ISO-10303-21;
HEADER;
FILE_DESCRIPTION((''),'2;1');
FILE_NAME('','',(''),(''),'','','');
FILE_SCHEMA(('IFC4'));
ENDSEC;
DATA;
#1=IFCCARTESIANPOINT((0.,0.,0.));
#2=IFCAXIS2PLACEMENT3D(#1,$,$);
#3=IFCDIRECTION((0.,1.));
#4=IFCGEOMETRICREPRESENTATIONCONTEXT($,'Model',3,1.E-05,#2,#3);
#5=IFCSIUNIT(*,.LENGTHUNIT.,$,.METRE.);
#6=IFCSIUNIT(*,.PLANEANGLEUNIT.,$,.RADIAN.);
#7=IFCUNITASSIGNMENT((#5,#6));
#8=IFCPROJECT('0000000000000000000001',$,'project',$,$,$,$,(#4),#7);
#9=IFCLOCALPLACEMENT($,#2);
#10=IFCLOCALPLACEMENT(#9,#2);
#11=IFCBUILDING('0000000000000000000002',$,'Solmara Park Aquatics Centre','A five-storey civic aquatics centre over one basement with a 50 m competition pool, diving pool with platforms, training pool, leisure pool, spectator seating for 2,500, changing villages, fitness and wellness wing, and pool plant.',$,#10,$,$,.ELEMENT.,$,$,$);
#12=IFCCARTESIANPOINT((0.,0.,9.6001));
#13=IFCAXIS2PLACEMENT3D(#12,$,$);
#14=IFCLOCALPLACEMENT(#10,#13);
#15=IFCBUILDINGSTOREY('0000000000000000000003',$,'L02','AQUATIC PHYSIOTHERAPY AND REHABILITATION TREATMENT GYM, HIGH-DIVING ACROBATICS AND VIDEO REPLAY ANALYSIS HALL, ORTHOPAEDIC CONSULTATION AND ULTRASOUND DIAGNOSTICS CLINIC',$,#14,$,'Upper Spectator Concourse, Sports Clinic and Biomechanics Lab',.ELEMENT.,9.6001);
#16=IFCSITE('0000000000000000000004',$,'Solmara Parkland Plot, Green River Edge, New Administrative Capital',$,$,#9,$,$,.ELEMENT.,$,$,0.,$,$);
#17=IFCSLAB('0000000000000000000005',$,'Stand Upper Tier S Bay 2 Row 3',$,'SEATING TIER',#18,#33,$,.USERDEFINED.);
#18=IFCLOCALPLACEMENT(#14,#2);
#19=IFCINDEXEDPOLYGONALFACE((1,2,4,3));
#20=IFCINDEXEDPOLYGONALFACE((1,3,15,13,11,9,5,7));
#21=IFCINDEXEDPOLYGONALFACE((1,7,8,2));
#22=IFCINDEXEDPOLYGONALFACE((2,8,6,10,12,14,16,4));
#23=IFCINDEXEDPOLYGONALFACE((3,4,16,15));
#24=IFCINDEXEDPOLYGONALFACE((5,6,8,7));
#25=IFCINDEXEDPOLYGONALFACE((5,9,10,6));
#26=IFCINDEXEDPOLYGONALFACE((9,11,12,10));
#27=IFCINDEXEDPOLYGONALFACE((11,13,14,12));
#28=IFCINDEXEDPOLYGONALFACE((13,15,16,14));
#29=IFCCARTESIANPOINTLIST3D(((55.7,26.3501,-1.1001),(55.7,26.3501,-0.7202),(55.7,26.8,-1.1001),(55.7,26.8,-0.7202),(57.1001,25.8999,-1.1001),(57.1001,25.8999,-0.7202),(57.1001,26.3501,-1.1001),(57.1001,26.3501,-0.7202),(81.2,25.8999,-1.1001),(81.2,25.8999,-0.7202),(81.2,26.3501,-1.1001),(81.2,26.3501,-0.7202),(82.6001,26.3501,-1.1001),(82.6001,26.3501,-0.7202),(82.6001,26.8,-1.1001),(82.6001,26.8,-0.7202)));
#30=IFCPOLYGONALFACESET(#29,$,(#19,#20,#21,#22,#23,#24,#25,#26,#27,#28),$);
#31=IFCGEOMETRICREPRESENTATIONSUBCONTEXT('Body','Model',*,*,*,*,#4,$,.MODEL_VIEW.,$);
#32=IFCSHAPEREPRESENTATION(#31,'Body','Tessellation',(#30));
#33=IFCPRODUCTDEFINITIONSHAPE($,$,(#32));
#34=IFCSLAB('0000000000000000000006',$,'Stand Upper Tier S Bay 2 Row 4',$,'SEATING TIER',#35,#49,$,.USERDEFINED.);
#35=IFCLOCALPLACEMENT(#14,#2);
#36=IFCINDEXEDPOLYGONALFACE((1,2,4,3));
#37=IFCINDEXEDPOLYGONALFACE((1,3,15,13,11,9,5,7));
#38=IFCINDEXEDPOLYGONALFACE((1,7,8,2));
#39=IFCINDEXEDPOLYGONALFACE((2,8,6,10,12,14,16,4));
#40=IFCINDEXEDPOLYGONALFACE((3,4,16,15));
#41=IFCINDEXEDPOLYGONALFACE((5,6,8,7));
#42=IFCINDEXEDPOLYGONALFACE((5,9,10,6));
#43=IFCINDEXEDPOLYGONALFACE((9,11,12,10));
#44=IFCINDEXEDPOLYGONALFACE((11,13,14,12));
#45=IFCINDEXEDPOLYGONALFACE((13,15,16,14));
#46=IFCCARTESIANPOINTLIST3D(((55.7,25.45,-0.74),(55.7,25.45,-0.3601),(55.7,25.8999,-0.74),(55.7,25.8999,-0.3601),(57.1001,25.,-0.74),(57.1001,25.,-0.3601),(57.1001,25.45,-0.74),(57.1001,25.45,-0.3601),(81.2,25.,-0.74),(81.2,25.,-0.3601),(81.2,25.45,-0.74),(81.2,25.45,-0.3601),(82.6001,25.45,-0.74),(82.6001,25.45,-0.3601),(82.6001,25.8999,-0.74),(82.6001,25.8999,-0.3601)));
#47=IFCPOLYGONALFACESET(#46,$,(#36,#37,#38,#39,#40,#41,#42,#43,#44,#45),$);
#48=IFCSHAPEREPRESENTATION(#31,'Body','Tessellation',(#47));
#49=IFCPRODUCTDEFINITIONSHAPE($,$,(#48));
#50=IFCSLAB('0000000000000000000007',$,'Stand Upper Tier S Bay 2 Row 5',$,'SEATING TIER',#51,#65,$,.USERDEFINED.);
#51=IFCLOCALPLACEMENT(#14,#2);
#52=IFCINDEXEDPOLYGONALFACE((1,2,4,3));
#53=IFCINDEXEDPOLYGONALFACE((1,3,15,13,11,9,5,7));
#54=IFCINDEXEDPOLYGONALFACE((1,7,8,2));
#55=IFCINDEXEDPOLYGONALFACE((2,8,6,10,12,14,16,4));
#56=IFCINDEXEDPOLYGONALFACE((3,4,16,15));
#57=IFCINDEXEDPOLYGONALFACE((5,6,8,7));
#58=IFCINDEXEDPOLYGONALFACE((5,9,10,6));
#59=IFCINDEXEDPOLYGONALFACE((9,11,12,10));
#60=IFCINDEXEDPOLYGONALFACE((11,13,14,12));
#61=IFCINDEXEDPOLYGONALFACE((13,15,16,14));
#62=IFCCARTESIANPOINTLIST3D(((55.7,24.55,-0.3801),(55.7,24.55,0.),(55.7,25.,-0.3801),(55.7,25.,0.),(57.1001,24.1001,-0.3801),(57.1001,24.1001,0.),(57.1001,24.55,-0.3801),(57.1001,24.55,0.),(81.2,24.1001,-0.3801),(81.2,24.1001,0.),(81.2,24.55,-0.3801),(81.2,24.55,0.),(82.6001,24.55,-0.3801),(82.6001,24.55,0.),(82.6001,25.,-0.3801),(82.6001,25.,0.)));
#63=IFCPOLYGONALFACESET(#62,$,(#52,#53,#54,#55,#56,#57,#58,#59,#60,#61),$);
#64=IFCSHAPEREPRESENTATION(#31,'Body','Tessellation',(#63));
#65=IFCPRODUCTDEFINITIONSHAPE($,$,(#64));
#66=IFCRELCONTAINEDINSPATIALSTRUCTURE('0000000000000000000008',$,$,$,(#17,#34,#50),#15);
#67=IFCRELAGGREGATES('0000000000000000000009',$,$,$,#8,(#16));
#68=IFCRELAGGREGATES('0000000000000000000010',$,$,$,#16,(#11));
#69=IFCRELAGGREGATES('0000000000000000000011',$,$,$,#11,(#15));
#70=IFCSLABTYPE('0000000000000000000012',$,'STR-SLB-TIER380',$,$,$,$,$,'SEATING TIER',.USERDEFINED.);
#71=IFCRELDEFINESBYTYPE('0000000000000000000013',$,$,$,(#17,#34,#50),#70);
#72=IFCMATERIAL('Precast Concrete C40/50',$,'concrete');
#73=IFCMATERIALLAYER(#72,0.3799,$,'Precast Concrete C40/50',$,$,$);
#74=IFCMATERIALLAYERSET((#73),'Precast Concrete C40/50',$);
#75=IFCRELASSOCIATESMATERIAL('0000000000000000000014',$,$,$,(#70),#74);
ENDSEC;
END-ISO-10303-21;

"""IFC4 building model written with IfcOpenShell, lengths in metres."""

from ifc_helpers import new_model, si_unit, direction, frame, origin, place, context, subcontext, project, spatial, polyline, outline, extrude, material, layer, layer_set, type_object, element, save


model = new_model("IFC4")

# Units and contexts
model_context = context("Model", 3, precision=1e-05, world=origin(), true_north=direction((0.0, 1.0)))
body_context = subcontext(model_context, "Body", "Model", "MODEL_VIEW")
ifc_project = project(units=[si_unit("LENGTHUNIT", "METRE"), si_unit("PLANEANGLEUNIT", "RADIAN")], contexts=[model_context])

# Site, building, storey
site_placement = place(None, origin())
site = spatial("IfcSite", under=ifc_project, at=site_placement, Name="Solmara Parkland Plot, Green River Edge, New Administrative Capital", CompositionType="ELEMENT", RefElevation=0.0)
building_placement = place(site_placement, origin())
building = spatial("IfcBuilding", under=site, at=building_placement, Name="Solmara Park Aquatics Centre", Description="A five-storey civic aquatics centre over one basement with a 50 m competition pool, diving pool with platforms, training pool, leisure pool, spectator seating for 2,500, changing villages, fitness and wellness wing, and pool plant.", CompositionType="ELEMENT")
storey_placement = place(building_placement, frame((0.0, 0.0, 9.6001)))
storey = spatial("IfcBuildingStorey", under=building, at=storey_placement, Name="L02", Description="AQUATIC PHYSIOTHERAPY AND REHABILITATION TREATMENT GYM, HIGH-DIVING ACROBATICS AND VIDEO REPLAY ANALYSIS HALL, ORTHOPAEDIC CONSULTATION AND ULTRASOUND DIAGNOSTICS CLINIC", LongName="Upper Spectator Concourse, Sports Clinic and Biomechanics Lab", CompositionType="ELEMENT", Elevation=9.6001)

# Slabs
ifc_material_1 = material(Name="Precast Concrete C40/50", Category="concrete")
ifc_layer_1 = layer(ifc_material_1, 0.3799, Name="Precast Concrete C40/50")
ifc_layer_set_1 = layer_set([ifc_layer_1], Name="Precast Concrete C40/50")
slab_type_1 = type_object("IfcSlabType", Name="STR-SLB-TIER380", ElementType="SEATING TIER", PredefinedType="USERDEFINED", material=ifc_layer_set_1)
slab_1_placement = place(storey_placement, frame((0.0, 0.0, -1.1001)))
element("IfcSlab", 1, at=slab_1_placement, inside=storey, type_object=slab_type_1, Name="Stand Upper Tier S Bay 2 Row 3", ObjectType="SEATING TIER", PredefinedType="USERDEFINED", context=body_context, shape_type="SweptSolid", body=[
    extrude(outline(polyline([(57.1001, 25.8999), (81.2, 25.8999), (81.2, 26.3501), (82.6001, 26.3501), (82.6001, 26.8), (55.7, 26.8), (55.7, 26.3501), (57.1001, 26.3501), (57.1001, 25.8999)])), origin(), (0.0, 0.0, 1.0), 0.3799),
])
slab_2_placement = place(storey_placement, frame((0.0, 0.0, -0.74)))
element("IfcSlab", 2, at=slab_2_placement, inside=storey, type_object=slab_type_1, Name="Stand Upper Tier S Bay 2 Row 4", ObjectType="SEATING TIER", PredefinedType="USERDEFINED", context=body_context, shape_type="SweptSolid", body=[
    extrude(outline(polyline([(57.1001, 25.0), (81.2, 25.0), (81.2, 25.45), (82.6001, 25.45), (82.6001, 25.8999), (55.7, 25.8999), (55.7, 25.45), (57.1001, 25.45), (57.1001, 25.0)])), origin(), (0.0, 0.0, 1.0), 0.3799),
])
slab_3_placement = place(storey_placement, frame((0.0, 0.0, -0.3801)))
element("IfcSlab", 3, at=slab_3_placement, inside=storey, type_object=slab_type_1, Name="Stand Upper Tier S Bay 2 Row 5", ObjectType="SEATING TIER", PredefinedType="USERDEFINED", context=body_context, shape_type="SweptSolid", body=[
    extrude(outline(polyline([(57.1001, 24.1001), (81.2, 24.1001), (81.2, 24.55), (82.6001, 24.55), (82.6001, 25.0), (55.7, 25.0), (55.7, 24.55), (57.1001, 24.55), (57.1001, 24.1001)])), origin(), (0.0, 0.0, 1.0), 0.3801),
])

save(model, "model.ifc")
